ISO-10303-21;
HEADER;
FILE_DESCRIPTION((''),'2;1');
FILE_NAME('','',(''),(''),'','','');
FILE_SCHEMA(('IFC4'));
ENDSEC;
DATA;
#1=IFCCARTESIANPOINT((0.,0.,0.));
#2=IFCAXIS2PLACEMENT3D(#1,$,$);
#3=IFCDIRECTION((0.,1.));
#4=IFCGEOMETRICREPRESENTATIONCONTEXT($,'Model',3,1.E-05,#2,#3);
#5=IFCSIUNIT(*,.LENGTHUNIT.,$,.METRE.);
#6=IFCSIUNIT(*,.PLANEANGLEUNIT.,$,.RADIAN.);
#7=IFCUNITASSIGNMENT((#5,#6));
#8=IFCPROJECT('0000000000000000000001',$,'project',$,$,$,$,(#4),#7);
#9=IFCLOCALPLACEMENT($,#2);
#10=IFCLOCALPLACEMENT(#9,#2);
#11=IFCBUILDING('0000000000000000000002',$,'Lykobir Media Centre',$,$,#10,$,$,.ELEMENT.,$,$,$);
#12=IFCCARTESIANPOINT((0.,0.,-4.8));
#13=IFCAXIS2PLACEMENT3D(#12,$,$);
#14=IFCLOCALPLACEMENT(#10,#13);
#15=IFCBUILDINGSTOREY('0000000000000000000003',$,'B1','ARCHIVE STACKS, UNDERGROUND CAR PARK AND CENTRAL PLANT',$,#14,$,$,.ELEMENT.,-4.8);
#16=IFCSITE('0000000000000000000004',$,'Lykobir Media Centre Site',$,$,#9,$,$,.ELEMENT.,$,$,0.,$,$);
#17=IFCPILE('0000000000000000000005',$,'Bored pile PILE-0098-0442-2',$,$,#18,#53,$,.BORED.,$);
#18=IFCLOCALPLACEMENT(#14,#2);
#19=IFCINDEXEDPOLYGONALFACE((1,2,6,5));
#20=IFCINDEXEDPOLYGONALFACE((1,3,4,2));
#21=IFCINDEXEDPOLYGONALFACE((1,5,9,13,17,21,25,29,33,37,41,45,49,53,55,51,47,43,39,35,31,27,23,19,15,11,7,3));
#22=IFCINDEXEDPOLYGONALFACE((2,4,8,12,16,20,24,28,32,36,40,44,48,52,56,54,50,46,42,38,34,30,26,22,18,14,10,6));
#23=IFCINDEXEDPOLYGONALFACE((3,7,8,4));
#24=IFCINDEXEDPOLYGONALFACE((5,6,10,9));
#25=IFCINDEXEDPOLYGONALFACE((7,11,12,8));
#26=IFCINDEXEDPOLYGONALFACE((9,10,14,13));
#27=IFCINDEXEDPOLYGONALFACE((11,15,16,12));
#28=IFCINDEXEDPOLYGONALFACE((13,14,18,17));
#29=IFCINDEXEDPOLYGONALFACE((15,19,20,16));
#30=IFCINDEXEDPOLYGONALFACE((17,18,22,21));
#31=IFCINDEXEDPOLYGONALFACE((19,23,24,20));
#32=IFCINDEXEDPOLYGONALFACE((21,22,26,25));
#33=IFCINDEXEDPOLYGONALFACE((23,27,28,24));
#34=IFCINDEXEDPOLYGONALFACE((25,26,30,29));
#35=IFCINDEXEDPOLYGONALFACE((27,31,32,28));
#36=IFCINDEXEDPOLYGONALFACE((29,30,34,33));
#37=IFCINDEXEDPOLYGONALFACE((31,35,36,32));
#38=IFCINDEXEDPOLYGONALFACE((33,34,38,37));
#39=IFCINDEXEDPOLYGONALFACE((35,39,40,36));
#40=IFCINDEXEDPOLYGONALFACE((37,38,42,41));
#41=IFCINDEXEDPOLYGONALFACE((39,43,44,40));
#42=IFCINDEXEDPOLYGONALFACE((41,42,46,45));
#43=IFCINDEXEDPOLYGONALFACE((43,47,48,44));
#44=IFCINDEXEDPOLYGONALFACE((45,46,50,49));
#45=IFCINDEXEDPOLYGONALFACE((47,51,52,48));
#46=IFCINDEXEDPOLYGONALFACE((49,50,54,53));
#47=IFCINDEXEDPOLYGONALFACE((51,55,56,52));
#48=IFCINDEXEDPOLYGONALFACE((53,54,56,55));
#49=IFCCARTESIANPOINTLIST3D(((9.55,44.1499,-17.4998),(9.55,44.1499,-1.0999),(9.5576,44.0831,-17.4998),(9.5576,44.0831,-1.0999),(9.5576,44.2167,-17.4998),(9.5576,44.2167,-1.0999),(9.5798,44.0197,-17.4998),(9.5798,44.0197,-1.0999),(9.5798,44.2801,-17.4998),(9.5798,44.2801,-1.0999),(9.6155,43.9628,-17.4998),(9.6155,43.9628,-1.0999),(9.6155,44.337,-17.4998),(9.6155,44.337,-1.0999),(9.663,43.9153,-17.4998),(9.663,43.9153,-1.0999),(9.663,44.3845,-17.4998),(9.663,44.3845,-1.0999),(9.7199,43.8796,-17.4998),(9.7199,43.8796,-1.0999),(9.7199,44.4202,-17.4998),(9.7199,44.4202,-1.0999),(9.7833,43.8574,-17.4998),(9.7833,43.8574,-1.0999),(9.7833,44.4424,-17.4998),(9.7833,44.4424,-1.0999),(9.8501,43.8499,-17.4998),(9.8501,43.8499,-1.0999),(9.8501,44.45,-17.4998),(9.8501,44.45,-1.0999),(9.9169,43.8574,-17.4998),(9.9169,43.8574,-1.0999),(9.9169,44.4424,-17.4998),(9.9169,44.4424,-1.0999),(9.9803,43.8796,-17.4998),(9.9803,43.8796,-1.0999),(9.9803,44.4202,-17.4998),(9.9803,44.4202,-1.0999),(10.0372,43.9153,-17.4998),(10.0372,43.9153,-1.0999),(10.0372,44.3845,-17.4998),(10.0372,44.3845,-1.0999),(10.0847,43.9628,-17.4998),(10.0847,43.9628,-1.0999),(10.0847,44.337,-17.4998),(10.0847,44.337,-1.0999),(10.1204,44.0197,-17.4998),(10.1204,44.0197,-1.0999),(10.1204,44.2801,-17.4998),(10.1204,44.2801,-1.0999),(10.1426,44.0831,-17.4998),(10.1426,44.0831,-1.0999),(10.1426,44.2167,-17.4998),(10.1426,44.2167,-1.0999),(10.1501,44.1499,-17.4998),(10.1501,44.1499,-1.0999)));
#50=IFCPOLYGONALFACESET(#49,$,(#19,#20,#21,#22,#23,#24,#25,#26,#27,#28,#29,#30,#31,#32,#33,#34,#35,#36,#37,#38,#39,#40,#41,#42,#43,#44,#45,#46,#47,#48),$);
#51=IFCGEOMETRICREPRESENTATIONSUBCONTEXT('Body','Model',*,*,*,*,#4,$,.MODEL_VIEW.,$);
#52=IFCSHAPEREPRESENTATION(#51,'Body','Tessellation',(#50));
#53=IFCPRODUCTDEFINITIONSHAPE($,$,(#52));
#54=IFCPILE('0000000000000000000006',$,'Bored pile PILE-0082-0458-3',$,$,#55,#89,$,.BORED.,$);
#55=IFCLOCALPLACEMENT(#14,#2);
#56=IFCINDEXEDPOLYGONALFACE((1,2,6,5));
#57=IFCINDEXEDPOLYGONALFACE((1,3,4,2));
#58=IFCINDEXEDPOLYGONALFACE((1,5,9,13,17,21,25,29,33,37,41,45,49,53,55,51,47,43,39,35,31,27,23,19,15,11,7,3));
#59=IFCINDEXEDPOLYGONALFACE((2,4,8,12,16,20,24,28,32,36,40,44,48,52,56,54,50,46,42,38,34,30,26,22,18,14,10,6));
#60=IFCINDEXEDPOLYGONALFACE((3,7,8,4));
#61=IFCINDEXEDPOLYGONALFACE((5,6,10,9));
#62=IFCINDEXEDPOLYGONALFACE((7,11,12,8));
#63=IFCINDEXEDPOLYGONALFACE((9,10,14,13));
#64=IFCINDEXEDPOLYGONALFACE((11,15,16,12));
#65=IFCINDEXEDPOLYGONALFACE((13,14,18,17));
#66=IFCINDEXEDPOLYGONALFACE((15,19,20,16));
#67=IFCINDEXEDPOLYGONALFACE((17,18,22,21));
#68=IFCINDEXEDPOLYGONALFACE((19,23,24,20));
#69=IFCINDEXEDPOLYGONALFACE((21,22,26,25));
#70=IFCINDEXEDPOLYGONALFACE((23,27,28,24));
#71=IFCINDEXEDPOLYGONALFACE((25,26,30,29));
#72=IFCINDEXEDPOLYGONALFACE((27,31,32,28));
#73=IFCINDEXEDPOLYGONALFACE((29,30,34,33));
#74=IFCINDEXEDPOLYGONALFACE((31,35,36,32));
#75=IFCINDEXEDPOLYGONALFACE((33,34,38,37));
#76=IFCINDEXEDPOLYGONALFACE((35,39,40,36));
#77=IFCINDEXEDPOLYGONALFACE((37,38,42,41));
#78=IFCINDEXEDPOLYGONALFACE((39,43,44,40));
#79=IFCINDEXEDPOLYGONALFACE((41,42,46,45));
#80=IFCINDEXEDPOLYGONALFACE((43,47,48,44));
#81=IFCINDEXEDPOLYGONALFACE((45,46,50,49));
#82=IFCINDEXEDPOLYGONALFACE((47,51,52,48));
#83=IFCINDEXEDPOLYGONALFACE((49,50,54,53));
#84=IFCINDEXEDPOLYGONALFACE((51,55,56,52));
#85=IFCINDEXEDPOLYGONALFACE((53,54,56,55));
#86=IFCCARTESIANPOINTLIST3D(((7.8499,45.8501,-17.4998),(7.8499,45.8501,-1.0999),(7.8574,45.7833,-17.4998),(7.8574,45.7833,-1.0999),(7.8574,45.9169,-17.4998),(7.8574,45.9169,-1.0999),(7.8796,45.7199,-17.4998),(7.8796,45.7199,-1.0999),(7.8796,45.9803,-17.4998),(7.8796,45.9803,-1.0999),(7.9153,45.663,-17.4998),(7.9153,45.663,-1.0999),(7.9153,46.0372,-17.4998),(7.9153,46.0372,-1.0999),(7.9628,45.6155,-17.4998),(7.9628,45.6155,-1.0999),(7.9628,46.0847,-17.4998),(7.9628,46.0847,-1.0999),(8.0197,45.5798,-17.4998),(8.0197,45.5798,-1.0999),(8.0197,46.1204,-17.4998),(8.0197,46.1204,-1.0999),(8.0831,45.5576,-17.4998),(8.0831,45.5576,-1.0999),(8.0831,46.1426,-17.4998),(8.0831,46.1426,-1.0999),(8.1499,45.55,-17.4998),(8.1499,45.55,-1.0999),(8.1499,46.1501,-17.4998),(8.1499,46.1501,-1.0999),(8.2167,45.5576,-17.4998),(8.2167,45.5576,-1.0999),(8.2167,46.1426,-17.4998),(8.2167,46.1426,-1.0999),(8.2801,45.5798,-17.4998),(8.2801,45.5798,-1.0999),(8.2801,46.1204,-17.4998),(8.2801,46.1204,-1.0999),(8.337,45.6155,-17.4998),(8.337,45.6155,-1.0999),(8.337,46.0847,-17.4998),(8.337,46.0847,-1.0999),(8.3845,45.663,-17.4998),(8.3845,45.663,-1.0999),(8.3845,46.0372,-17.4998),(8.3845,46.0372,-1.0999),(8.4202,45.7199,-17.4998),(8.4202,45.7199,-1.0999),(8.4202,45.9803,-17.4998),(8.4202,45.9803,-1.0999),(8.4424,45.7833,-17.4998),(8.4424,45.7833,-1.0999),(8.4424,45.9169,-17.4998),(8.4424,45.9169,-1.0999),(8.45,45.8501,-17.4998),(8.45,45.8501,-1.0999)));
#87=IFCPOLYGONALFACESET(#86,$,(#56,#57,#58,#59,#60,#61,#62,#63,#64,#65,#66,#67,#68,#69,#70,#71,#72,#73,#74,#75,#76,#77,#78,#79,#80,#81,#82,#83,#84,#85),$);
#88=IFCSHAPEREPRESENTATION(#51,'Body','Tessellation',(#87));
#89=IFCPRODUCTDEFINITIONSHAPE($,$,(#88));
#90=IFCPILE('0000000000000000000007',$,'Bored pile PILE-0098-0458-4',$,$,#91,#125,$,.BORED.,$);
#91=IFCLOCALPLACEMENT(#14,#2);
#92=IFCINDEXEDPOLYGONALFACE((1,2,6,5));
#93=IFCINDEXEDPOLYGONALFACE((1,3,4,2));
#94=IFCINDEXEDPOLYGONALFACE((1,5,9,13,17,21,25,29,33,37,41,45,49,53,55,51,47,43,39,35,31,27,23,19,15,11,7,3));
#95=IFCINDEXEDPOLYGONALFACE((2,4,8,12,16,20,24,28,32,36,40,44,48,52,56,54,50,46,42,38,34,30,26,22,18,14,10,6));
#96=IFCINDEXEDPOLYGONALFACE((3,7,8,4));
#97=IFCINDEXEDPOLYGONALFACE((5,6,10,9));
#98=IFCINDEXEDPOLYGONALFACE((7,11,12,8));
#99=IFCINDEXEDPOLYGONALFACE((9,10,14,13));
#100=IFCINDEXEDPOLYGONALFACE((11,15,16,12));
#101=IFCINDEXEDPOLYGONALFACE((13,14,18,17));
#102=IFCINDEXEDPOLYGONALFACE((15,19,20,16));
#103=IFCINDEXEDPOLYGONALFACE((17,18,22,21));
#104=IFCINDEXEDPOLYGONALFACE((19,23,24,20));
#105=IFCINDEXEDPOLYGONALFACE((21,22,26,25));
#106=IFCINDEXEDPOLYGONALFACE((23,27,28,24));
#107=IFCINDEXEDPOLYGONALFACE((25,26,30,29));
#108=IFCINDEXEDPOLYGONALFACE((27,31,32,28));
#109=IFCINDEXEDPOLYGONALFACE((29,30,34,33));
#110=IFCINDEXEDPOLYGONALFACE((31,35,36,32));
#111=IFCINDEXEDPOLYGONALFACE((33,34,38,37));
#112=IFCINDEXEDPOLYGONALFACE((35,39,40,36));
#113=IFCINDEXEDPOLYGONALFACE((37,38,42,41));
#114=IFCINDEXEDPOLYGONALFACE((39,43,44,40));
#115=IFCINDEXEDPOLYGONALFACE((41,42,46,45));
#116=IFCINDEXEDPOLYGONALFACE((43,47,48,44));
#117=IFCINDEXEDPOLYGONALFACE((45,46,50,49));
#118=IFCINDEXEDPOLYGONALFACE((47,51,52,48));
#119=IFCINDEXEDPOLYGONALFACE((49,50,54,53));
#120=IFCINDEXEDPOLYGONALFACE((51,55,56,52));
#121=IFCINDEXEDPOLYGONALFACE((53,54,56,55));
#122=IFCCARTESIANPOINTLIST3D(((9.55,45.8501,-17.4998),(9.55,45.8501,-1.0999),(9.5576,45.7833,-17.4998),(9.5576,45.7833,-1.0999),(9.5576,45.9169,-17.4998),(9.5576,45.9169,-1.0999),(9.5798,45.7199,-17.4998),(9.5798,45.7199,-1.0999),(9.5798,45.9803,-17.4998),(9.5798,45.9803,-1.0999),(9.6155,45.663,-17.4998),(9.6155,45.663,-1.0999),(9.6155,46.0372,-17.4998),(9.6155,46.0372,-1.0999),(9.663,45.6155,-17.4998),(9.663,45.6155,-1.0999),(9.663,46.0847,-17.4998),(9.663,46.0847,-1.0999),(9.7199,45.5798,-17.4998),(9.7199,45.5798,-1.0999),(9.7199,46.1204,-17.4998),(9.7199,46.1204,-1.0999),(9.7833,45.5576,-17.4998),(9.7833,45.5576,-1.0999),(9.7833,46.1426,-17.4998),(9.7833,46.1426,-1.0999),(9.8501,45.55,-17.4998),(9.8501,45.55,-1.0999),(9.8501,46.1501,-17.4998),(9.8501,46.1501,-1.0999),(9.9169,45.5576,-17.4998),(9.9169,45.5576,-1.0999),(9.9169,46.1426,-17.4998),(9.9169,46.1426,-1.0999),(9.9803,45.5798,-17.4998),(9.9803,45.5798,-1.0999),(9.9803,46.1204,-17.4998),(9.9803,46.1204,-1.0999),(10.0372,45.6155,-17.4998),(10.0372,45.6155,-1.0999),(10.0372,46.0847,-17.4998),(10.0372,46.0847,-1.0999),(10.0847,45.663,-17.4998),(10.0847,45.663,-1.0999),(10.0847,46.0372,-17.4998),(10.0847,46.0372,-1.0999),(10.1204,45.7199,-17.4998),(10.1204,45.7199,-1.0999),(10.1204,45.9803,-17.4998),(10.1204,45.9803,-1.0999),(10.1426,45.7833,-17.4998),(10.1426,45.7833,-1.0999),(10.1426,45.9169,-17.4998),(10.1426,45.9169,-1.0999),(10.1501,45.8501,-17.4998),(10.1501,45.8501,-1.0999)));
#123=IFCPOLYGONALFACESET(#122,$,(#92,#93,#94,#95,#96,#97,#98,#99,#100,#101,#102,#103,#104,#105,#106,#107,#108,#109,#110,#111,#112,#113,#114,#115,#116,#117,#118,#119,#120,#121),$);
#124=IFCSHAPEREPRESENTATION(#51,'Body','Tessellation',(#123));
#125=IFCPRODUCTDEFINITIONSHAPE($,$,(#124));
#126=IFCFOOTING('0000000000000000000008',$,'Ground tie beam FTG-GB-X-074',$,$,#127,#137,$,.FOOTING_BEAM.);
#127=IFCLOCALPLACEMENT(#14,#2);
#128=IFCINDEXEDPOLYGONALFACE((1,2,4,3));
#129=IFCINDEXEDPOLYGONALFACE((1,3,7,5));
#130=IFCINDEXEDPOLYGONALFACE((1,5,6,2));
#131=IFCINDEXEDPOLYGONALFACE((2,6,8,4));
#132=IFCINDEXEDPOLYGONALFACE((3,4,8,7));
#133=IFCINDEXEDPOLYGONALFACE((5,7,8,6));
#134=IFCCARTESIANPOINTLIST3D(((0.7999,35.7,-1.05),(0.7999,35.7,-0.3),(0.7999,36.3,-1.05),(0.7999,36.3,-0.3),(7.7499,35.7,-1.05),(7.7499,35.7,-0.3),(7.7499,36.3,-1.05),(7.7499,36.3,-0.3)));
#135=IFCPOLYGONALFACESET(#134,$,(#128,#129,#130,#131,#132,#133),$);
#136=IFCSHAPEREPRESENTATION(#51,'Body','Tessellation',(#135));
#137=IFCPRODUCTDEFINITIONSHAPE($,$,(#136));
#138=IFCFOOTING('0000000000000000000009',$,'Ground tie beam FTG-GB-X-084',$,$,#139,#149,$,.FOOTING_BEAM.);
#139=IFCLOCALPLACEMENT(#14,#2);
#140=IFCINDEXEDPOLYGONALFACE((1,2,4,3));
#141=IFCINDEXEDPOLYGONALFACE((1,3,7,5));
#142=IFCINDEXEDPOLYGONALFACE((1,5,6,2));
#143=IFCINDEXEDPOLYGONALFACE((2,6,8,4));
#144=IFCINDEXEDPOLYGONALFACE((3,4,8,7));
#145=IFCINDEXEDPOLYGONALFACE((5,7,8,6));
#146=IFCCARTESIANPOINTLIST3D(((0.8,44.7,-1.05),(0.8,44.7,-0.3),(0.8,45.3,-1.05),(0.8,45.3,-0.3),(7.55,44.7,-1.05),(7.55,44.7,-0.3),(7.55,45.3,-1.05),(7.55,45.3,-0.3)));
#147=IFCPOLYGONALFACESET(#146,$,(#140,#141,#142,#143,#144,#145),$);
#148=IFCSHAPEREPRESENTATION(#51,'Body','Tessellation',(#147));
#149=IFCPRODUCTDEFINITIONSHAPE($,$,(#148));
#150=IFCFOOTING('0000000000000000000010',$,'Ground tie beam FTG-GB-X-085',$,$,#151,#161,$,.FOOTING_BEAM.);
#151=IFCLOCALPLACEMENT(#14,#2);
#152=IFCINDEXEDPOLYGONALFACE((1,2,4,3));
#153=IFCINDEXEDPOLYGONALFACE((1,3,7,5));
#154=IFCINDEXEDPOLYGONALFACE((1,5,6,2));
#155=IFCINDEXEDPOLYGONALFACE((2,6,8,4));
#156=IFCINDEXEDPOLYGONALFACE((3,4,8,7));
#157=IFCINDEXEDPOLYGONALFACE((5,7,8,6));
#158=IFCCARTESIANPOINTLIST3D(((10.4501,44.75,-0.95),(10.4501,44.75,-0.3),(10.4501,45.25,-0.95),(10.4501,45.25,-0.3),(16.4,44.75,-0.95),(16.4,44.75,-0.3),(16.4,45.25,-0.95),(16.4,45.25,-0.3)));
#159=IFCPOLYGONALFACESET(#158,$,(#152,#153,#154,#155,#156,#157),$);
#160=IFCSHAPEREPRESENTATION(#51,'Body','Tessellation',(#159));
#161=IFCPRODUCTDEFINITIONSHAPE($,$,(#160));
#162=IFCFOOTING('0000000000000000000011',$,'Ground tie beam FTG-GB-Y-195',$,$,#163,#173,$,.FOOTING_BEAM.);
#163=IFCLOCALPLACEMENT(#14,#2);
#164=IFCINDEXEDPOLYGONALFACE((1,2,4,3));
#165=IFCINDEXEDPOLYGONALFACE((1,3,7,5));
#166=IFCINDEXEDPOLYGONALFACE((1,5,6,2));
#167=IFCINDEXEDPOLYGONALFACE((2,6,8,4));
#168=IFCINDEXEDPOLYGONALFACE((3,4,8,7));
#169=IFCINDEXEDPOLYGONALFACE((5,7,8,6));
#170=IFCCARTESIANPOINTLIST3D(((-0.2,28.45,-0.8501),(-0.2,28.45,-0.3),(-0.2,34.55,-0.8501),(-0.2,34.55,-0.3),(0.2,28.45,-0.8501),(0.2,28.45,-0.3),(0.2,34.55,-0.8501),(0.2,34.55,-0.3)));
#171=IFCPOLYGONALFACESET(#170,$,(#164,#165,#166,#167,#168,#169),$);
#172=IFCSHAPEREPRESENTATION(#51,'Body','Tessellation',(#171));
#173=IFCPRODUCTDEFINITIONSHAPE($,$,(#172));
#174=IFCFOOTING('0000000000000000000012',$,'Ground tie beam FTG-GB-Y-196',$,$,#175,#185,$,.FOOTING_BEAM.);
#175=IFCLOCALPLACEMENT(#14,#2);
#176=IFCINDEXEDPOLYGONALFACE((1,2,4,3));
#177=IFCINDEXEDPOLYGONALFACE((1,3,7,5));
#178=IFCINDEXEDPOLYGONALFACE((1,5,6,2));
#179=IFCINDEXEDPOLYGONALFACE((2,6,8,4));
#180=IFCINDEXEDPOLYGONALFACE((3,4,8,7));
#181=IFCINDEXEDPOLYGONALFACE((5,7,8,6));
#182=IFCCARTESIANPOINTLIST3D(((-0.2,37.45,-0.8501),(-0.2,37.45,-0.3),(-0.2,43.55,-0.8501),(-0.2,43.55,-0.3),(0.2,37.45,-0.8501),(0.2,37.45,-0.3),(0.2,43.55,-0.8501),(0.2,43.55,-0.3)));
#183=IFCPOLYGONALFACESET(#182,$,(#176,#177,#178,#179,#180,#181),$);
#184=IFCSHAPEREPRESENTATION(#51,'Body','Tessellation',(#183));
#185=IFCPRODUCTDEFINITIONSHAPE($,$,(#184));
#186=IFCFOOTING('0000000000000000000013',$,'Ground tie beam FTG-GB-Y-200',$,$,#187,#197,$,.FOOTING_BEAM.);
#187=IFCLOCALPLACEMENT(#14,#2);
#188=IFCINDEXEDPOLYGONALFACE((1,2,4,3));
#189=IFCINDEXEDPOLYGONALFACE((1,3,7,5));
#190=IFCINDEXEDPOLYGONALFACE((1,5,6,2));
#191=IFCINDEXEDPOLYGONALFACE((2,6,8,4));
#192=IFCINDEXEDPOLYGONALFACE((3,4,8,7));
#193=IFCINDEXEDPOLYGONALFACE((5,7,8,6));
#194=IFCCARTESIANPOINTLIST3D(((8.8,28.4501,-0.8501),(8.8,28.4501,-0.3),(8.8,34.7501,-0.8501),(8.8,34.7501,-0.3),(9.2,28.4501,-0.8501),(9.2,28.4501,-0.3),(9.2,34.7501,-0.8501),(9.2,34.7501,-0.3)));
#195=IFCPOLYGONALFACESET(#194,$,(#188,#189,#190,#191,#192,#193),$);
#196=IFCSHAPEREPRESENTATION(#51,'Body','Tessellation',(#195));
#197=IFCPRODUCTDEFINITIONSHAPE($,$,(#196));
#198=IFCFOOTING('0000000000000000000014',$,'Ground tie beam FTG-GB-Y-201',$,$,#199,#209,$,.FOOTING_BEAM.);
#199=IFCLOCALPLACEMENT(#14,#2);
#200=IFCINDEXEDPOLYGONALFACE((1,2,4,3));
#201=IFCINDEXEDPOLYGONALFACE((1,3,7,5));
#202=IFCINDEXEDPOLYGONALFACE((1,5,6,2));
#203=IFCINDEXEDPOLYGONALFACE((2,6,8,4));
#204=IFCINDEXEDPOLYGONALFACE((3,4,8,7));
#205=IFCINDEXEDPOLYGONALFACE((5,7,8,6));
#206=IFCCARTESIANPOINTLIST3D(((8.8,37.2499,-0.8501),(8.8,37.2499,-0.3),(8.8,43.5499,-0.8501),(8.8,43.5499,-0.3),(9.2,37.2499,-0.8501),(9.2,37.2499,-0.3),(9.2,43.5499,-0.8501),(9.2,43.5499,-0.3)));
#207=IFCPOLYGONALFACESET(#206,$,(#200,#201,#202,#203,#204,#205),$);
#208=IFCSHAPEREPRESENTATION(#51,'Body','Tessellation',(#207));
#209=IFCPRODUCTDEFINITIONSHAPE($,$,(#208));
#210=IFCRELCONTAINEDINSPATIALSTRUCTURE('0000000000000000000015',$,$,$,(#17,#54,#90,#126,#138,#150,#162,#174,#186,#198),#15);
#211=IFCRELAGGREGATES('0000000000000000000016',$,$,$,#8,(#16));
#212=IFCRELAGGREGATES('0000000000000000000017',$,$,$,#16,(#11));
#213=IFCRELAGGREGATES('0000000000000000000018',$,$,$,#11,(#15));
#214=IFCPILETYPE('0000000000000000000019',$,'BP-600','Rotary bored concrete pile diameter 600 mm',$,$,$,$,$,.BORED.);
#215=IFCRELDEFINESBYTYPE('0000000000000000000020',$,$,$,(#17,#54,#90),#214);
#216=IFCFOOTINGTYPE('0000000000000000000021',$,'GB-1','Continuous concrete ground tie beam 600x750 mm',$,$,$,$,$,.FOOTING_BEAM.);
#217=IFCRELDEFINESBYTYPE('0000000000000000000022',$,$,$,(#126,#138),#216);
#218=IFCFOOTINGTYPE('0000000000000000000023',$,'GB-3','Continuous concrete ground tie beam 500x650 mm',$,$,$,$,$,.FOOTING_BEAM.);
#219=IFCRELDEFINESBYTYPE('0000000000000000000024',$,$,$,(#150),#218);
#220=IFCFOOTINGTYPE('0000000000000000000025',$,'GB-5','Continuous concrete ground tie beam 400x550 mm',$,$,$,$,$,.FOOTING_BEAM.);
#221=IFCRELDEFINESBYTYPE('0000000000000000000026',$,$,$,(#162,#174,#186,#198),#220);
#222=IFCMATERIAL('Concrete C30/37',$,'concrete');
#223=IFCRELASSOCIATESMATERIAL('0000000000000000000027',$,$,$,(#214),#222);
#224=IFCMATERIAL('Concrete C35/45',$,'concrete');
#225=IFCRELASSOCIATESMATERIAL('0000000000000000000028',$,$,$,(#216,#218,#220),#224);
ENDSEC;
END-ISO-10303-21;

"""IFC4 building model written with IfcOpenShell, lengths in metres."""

from ifc_helpers import new_model, si_unit, direction, frame, origin, origin_2d, place, context, subcontext, project, spatial, rectangle, circle, extrude, material, material_profile, profile_set, type_object, element, save


model = new_model("IFC4")

# Units and contexts
model_context = context("Model", 3, precision=1e-05, world=origin(), true_north=direction((0.0, 1.0)))
body_context = subcontext(model_context, "Body", "Model", "MODEL_VIEW")
ifc_project = project(units=[si_unit("LENGTHUNIT", "METRE"), si_unit("PLANEANGLEUNIT", "RADIAN")], contexts=[model_context])

# Site, building, storey
site_placement = place(None, origin())
site = spatial("IfcSite", under=ifc_project, at=site_placement, Name="Lykobir Media Centre Site", CompositionType="ELEMENT", RefElevation=0.0)
building_placement = place(site_placement, origin())
building = spatial("IfcBuilding", under=site, at=building_placement, Name="Lykobir Media Centre", CompositionType="ELEMENT")
storey_placement = place(building_placement, frame((0.0, 0.0, -4.8)))
storey = spatial("IfcBuildingStorey", under=building, at=storey_placement, Name="B1", Description="ARCHIVE STACKS, UNDERGROUND CAR PARK AND CENTRAL PLANT", CompositionType="ELEMENT", Elevation=-4.8)

# Piles
ifc_material_1 = material(Name="Concrete C30/37", Category="concrete")
ifc_material_profile_1 = material_profile(ifc_material_1, circle(Radius=0.3, at=origin_2d()), Name="BORED PILE D600")
ifc_profile_set_1 = profile_set([ifc_material_profile_1], Name="Concrete C30/37")
pile_type = type_object("IfcPileType", Name="BP-600", Description="Rotary bored concrete pile diameter 600 mm", PredefinedType="BORED", material=ifc_profile_set_1)
for number, where, z_axis, x_axis, name in (
    (1, (9.8501, 44.1499, -1.0999), (0.0, 0.0, -1.0), (1.0, 0.0, 0.0), "Bored pile PILE-0098-0442-2"),
    (2, (8.1499, 45.8501, -1.0999), (0.0, 0.0, -1.0), (1.0, 0.0, 0.0), "Bored pile PILE-0082-0458-3"),
    (3, (9.8501, 45.8501, -1.0999), (0.0, 0.0, -1.0), (1.0, 0.0, 0.0), "Bored pile PILE-0098-0458-4"),
):
    element("IfcPile", number, at=place(storey_placement, frame(where, z_axis=z_axis, x_axis=x_axis)), inside=storey, type_object=pile_type, Name=name, PredefinedType="BORED", context=body_context, shape_type="SweptSolid", body=[
        extrude(circle(Radius=0.3, at=origin_2d()), origin(), (0.0, 0.0, 1.0), 16.3999),
    ])

# Footings
ifc_material_2 = material(Name="Concrete C35/45", Category="concrete")
footing_type_1 = type_object("IfcFootingType", Name="GB-1", Description="Continuous concrete ground tie beam 600x750 mm", PredefinedType="FOOTING_BEAM", material=ifc_material_2)
footing_1_placement = place(storey_placement, frame((4.2749, 36.0, -1.05), z_axis=(0.0, 0.0, 1.0), x_axis=(1.0, 0.0, 0.0)))
element("IfcFooting", 4, at=footing_1_placement, inside=storey, type_object=footing_type_1, Name="Ground tie beam FTG-GB-X-074", PredefinedType="FOOTING_BEAM", context=body_context, shape_type="SweptSolid", body=[
    extrude(rectangle(XDim=6.95, YDim=0.6001, at=origin_2d()), origin(), (0.0, 0.0, 1.0), 0.75),
])
footing_2_placement = place(storey_placement, frame((4.175, 45.0, -1.05), z_axis=(0.0, 0.0, 1.0), x_axis=(1.0, 0.0, 0.0)))
element("IfcFooting", 5, at=footing_2_placement, inside=storey, type_object=footing_type_1, Name="Ground tie beam FTG-GB-X-084", PredefinedType="FOOTING_BEAM", context=body_context, shape_type="SweptSolid", body=[
    extrude(rectangle(XDim=6.75, YDim=0.6001, at=origin_2d()), origin(), (0.0, 0.0, 1.0), 0.75),
])
footing_type_2 = type_object("IfcFootingType", Name="GB-3", Description="Continuous concrete ground tie beam 500x650 mm", PredefinedType="FOOTING_BEAM", material=ifc_material_2)
footing_3_placement = place(storey_placement, frame((13.425, 45.0, -0.95), z_axis=(0.0, 0.0, 1.0), x_axis=(1.0, 0.0, 0.0)))
element("IfcFooting", 6, at=footing_3_placement, inside=storey, type_object=footing_type_2, Name="Ground tie beam FTG-GB-X-085", PredefinedType="FOOTING_BEAM", context=body_context, shape_type="SweptSolid", body=[
    extrude(rectangle(XDim=5.95, YDim=0.5, at=origin_2d()), origin(), (0.0, 0.0, 1.0), 0.6499),
])
footing_type_3 = type_object("IfcFootingType", Name="GB-5", Description="Continuous concrete ground tie beam 400x550 mm", PredefinedType="FOOTING_BEAM", material=ifc_material_2)
for number, where, z_axis, x_axis, name in (
    (7, (0.0, 31.5, -0.8501), (0.0, 0.0, 1.0), (0.0, 1.0, 0.0), "Ground tie beam FTG-GB-Y-195"),
    (8, (0.0, 40.5, -0.8501), (0.0, 0.0, 1.0), (0.0, 1.0, 0.0), "Ground tie beam FTG-GB-Y-196"),
):
    element("IfcFooting", number, at=place(storey_placement, frame(where, z_axis=z_axis, x_axis=x_axis)), inside=storey, type_object=footing_type_3, Name=name, PredefinedType="FOOTING_BEAM", context=body_context, shape_type="SweptSolid", body=[
        extrude(rectangle(XDim=6.1001, YDim=0.3999, at=origin_2d()), origin(), (0.0, 0.0, 1.0), 0.55),
    ])
for number, where, z_axis, x_axis, name in (
    (9, (9.0, 31.6001, -0.8501), (0.0, 0.0, 1.0), (0.0, 1.0, 0.0), "Ground tie beam FTG-GB-Y-200"),
    (10, (9.0, 40.3999, -0.8501), (0.0, 0.0, 1.0), (0.0, 1.0, 0.0), "Ground tie beam FTG-GB-Y-201"),
):
    element("IfcFooting", number, at=place(storey_placement, frame(where, z_axis=z_axis, x_axis=x_axis)), inside=storey, type_object=footing_type_3, Name=name, PredefinedType="FOOTING_BEAM", context=body_context, shape_type="SweptSolid", body=[
        extrude(rectangle(XDim=6.3, YDim=0.3999, at=origin_2d()), origin(), (0.0, 0.0, 1.0), 0.55),
    ])

save(model, "model.ifc")
